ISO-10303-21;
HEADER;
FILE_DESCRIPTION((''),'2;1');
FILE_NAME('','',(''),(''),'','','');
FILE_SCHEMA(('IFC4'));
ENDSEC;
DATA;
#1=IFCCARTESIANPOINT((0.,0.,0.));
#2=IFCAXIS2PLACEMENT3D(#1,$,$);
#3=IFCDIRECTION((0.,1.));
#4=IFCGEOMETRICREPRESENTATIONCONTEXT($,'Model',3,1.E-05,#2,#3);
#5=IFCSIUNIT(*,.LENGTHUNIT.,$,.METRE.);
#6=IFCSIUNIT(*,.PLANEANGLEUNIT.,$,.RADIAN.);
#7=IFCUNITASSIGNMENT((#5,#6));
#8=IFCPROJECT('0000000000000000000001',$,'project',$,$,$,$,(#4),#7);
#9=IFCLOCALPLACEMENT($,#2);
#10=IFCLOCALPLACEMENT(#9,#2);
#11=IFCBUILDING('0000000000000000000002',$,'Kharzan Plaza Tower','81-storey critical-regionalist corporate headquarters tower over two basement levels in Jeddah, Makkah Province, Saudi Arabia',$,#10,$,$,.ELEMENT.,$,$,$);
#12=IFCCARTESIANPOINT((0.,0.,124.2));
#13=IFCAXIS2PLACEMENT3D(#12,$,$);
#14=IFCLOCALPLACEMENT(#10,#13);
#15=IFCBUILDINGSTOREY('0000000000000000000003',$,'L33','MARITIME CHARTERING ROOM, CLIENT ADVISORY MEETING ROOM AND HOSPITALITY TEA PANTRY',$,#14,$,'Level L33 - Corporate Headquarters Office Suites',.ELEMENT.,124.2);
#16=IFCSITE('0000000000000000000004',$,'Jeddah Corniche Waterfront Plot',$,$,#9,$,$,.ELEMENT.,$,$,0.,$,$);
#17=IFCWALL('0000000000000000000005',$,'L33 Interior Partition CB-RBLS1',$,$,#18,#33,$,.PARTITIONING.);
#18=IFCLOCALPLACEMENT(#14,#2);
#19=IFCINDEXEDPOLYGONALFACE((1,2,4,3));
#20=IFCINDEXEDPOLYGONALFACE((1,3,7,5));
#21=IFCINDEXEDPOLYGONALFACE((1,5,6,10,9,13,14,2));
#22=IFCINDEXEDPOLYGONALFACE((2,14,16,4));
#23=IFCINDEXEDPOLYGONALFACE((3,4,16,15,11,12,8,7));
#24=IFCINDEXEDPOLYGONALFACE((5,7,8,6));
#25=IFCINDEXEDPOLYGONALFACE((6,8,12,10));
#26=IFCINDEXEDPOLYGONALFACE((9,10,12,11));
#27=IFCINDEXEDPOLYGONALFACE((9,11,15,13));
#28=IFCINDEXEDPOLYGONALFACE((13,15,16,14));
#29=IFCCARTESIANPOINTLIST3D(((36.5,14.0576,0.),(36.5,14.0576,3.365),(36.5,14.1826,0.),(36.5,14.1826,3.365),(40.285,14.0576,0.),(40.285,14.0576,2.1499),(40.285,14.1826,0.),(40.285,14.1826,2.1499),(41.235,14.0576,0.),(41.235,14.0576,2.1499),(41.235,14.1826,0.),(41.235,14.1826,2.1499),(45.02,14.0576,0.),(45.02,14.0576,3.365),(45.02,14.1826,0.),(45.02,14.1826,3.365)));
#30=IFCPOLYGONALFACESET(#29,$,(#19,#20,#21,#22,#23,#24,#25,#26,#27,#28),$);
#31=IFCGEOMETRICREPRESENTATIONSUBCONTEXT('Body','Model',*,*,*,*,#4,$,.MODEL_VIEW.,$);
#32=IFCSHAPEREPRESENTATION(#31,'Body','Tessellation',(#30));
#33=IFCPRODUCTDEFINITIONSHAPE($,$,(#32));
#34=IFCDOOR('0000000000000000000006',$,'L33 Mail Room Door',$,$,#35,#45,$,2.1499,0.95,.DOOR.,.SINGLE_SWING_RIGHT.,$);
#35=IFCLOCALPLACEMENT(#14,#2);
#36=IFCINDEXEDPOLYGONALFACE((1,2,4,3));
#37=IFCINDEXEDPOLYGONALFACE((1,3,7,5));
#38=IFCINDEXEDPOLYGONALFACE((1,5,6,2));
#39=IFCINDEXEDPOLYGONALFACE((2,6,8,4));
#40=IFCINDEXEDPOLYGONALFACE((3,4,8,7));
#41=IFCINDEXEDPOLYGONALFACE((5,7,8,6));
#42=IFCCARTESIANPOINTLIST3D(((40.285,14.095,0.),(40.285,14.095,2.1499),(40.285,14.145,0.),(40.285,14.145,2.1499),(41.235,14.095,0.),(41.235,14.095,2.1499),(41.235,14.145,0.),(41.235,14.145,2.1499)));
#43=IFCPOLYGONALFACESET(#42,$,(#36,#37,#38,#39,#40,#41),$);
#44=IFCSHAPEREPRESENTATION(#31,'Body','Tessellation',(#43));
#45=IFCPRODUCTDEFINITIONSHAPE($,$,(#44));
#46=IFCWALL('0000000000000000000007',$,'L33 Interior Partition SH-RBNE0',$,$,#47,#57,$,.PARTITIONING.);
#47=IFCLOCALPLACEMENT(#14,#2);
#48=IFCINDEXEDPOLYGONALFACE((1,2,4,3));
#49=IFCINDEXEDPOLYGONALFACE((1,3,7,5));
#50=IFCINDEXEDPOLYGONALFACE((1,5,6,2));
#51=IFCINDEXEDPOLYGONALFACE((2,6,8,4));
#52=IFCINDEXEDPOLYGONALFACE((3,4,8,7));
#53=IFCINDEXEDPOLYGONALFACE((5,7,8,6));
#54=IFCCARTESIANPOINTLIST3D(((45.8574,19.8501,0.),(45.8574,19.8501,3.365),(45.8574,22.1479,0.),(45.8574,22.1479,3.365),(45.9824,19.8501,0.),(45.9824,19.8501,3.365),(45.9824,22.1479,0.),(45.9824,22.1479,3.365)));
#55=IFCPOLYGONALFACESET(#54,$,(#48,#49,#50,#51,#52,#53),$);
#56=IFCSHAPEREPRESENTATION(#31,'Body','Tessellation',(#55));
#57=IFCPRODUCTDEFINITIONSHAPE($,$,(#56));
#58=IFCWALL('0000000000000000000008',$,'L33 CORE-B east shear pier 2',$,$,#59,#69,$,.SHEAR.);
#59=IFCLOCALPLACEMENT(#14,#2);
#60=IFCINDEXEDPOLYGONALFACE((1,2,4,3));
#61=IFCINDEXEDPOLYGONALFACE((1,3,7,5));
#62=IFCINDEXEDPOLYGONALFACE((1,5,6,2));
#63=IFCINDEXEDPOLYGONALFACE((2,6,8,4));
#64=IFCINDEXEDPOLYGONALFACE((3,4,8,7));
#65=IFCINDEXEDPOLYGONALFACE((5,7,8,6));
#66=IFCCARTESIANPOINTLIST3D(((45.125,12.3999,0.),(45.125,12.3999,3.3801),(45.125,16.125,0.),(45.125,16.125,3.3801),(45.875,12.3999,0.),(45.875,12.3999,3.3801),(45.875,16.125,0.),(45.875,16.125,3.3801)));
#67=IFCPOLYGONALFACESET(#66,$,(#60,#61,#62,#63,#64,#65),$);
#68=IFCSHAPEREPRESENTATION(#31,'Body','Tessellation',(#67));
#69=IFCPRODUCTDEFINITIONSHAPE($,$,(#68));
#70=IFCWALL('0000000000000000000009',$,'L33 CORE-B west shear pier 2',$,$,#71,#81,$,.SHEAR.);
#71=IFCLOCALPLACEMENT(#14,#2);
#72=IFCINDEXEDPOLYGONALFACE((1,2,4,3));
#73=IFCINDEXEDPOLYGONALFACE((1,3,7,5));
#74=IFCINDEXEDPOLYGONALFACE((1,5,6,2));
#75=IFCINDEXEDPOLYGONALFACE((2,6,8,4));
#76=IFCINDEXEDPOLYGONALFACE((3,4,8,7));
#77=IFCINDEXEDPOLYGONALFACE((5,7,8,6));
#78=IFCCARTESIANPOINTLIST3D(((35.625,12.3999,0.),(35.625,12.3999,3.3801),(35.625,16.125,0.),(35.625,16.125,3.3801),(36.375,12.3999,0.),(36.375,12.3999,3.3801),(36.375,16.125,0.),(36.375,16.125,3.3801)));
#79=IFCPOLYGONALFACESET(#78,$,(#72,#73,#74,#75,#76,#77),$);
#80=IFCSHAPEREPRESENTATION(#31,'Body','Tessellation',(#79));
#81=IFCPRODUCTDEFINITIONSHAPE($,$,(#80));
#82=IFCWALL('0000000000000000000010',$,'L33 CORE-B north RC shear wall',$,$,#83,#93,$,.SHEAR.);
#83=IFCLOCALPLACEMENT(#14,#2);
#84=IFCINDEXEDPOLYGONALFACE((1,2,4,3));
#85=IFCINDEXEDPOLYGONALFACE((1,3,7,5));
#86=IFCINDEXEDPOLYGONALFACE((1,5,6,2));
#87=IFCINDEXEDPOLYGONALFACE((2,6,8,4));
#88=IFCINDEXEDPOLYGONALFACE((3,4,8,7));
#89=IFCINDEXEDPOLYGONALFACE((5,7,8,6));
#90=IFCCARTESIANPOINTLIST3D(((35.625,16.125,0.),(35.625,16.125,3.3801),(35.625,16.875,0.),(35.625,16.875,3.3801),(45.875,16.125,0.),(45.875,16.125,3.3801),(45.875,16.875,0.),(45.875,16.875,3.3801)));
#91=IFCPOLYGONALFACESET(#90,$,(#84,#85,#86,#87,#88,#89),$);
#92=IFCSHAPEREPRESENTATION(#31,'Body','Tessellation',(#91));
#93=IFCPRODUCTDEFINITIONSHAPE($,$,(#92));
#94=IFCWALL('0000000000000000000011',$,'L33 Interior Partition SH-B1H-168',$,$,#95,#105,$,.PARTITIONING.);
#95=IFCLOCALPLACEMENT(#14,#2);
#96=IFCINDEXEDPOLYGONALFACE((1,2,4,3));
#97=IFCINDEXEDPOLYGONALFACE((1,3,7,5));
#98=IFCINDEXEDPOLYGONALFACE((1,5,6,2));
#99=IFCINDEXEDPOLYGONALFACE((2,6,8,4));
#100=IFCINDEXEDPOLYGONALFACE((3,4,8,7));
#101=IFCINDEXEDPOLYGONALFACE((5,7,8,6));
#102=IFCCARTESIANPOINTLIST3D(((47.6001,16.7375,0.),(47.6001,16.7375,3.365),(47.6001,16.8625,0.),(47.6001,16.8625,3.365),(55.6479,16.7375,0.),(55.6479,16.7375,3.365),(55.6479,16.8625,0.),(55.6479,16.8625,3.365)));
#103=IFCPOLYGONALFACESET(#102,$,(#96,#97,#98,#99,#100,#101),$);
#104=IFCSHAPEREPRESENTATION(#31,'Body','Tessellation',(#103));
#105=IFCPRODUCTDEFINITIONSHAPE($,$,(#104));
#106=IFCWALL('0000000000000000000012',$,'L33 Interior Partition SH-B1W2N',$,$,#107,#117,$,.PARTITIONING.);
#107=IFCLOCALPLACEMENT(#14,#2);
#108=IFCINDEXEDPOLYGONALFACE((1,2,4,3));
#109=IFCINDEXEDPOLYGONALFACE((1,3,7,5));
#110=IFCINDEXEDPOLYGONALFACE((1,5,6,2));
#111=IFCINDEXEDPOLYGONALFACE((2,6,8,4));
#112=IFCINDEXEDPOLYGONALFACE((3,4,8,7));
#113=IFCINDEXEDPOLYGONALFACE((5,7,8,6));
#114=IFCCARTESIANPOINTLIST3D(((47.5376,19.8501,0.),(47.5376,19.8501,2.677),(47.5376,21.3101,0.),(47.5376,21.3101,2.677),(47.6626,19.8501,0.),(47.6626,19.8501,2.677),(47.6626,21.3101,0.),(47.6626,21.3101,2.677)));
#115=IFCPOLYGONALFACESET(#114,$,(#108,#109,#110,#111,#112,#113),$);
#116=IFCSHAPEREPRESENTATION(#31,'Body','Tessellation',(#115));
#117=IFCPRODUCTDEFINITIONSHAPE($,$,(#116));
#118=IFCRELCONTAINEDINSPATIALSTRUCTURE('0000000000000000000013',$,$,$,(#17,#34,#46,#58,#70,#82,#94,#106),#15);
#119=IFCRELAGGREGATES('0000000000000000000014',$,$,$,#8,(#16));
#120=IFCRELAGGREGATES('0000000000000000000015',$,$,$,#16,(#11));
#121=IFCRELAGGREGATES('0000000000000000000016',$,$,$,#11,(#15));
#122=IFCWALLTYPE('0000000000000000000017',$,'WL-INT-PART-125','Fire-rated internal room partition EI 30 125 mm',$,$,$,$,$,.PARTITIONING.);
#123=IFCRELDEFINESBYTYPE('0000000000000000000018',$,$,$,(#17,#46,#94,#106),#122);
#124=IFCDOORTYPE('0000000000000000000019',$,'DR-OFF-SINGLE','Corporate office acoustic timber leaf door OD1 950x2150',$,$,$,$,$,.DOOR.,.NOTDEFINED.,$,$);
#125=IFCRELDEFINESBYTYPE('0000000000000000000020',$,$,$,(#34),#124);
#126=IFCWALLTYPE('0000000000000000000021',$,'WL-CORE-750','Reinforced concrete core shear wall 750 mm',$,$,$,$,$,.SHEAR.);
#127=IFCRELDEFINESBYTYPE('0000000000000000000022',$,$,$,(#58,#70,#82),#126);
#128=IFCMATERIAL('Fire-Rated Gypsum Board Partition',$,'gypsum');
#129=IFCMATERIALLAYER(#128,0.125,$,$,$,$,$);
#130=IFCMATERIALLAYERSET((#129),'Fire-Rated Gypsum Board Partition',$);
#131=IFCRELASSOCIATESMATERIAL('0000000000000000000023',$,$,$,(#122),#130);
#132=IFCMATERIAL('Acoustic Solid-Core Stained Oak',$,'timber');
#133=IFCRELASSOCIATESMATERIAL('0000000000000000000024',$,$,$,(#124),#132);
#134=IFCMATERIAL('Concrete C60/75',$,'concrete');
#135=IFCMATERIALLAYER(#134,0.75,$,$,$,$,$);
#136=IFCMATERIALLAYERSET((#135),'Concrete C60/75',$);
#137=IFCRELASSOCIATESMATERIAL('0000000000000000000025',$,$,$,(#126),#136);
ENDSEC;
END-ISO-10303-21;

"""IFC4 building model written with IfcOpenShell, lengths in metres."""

from ifc_helpers import new_model, si_unit, direction, frame, frame_2d, origin, place, context, subcontext, project, spatial, rectangle, extrude, source, transform, mapped, material, layer, layer_set, type_object, element, fill, save


model = new_model("IFC4")

# Units and contexts
model_context = context("Model", 3, precision=1e-05, world=origin(), true_north=direction((0.0, 1.0)))
body_context = subcontext(model_context, "Body", "Model", "MODEL_VIEW")
ifc_project = project(units=[si_unit("LENGTHUNIT", "METRE"), si_unit("PLANEANGLEUNIT", "RADIAN")], contexts=[model_context])

# Site, building, storey
site_placement = place(None, origin())
site = spatial("IfcSite", under=ifc_project, at=site_placement, Name="Jeddah Corniche Waterfront Plot", CompositionType="ELEMENT", RefElevation=0.0)
building_placement = place(site_placement, origin())
building = spatial("IfcBuilding", under=site, at=building_placement, Name="Kharzan Plaza Tower", Description="81-storey critical-regionalist corporate headquarters tower over two basement levels in Jeddah, Makkah Province, Saudi Arabia", CompositionType="ELEMENT")
storey_placement = place(building_placement, frame((0.0, 0.0, 124.2)))
storey = spatial("IfcBuildingStorey", under=building, at=storey_placement, Name="L33", Description="MARITIME CHARTERING ROOM, CLIENT ADVISORY MEETING ROOM AND HOSPITALITY TEA PANTRY", LongName="Level L33 - Corporate Headquarters Office Suites", CompositionType="ELEMENT", Elevation=124.2)

# Shared definitions
ifc_material_1 = material(Name="Concrete C60/75", Category="concrete")

# Wall, opening, door
ifc_material_2 = material(Name="Fire-Rated Gypsum Board Partition", Category="gypsum")
ifc_layer_1 = layer(ifc_material_2, 0.125)
ifc_layer_set_1 = layer_set([ifc_layer_1], Name="Fire-Rated Gypsum Board Partition")
wall_type_1 = type_object("IfcWallType", Name="WL-INT-PART-125", Description="Fire-rated internal room partition EI 30 125 mm", PredefinedType="PARTITIONING", material=ifc_layer_set_1)
wall_1_placement = place(storey_placement, frame((36.5, 14.1201, 0.0), z_axis=(0.0, 0.0, 1.0), x_axis=(1.0, 0.0, 0.0)))
wall_1 = element("IfcWall", 1, at=wall_1_placement, inside=storey, type_object=wall_type_1, Name="L33 Interior Partition CB-RBLS1", PredefinedType="PARTITIONING", context=body_context, shape_type="SweptSolid", body=[
    extrude(rectangle(XDim=8.52, YDim=0.125, at=frame_2d((4.26, 0.0))), origin(), (0.0, 0.0, 1.0), 3.365),
])
opening_1_placement = place(wall_1_placement, frame((3.7849, 0.0, 0.0)))
opening_1 = element("IfcOpeningElement", 2, at=opening_1_placement, cuts=wall_1, PredefinedType="OPENING", context=body_context, shape_type="SweptSolid", body=[
    extrude(rectangle(XDim=0.95, YDim=2.1499, at=frame_2d((0.4751, 1.075))), frame((0.0, 0.0725, 0.0), z_axis=(0.0, -1.0, 0.0), x_axis=(1.0, 0.0, 0.0)), (0.0, 0.0, 1.0), 0.145),
])
ifc_material_3 = material(Name="Acoustic Solid-Core Stained Oak", Category="timber")
door_type = type_object("IfcDoorType", Name="DR-OFF-SINGLE", Description="Corporate office acoustic timber leaf door OD1 950x2150", OperationType="NOTDEFINED", PredefinedType="DOOR", material=ifc_material_3)
shared_shape_1 = source(origin(), body_context, "Body", "SweptSolid", [
    extrude(rectangle(XDim=0.95, YDim=2.1499, at=frame_2d((0.4751, 1.075))), frame((0.0, 0.0249, 0.0), z_axis=(0.0, -1.0, 0.0), x_axis=(1.0, 0.0, 0.0)), (0.0, 0.0, 1.0), 0.05),
])
door_1_placement = place(opening_1_placement, origin())
door_1 = element("IfcDoor", 3, at=door_1_placement, inside=storey, type_object=door_type, Name="L33 Mail Room Door", OperationType="SINGLE_SWING_RIGHT", OverallHeight=2.1499, OverallWidth=0.95, PredefinedType="DOOR", context=body_context, shape_type="MappedRepresentation", body=[
    mapped(shared_shape_1, transform((0.0, 0.0, 0.0), x_axis=(1.0, 0.0, 0.0), y_axis=(0.0, 1.0, 0.0), z_axis=(0.0, 0.0, 1.0))),
])
fill(opening_1, door_1)

# Walls
shared_shape_2 = source(origin(), body_context, "Body", "SweptSolid", [
    extrude(rectangle(XDim=2.2979, YDim=0.125, at=frame_2d((1.1489, 0.0))), origin(), (0.0, 0.0, 1.0), 3.365),
])
wall_2_placement = place(storey_placement, frame((45.9199, 19.8501, 0.0), z_axis=(0.0, 0.0, 1.0), x_axis=(0.0, 1.0, 0.0)))
element("IfcWall", 4, at=wall_2_placement, inside=storey, type_object=wall_type_1, Name="L33 Interior Partition SH-RBNE0", PredefinedType="PARTITIONING", context=body_context, shape_type="MappedRepresentation", body=[
    mapped(shared_shape_2, transform((0.0, 0.0, 0.0), x_axis=(1.0, 0.0, 0.0), y_axis=(0.0, 1.0, 0.0), z_axis=(0.0, 0.0, 1.0))),
])
ifc_layer_2 = layer(ifc_material_1, 0.75)
ifc_layer_set_2 = layer_set([ifc_layer_2], Name="Concrete C60/75")
wall_type_2 = type_object("IfcWallType", Name="WL-CORE-750", Description="Reinforced concrete core shear wall 750 mm", PredefinedType="SHEAR", material=ifc_layer_set_2)
shared_shape_3 = source(origin(), body_context, "Body", "SweptSolid", [
    extrude(rectangle(XDim=3.7251, YDim=0.75, at=frame_2d((1.8625, 0.0))), origin(), (0.0, 0.0, 1.0), 3.3801),
])
for number, where, z_axis, x_axis, name in (
    (5, (45.5, 12.3999, 0.0), (0.0, 0.0, 1.0), (0.0, 1.0, 0.0), "L33 CORE-B east shear pier 2"),
    (6, (36.0, 12.3999, 0.0), (0.0, 0.0, 1.0), (0.0, 1.0, 0.0), "L33 CORE-B west shear pier 2"),
):
    element("IfcWall", number, at=place(storey_placement, frame(where, z_axis=z_axis, x_axis=x_axis)), inside=storey, type_object=wall_type_2, Name=name, PredefinedType="SHEAR", context=body_context, shape_type="MappedRepresentation", body=[
        mapped(shared_shape_3, transform((0.0, 0.0, 0.0), x_axis=(1.0, 0.0, 0.0), y_axis=(0.0, 1.0, 0.0), z_axis=(0.0, 0.0, 1.0))),
    ])
shared_shape_4 = source(origin(), body_context, "Body", "SweptSolid", [
    extrude(rectangle(XDim=10.25, YDim=0.75, at=frame_2d((5.125, 0.0))), origin(), (0.0, 0.0, 1.0), 3.3801),
])
wall_3_placement = place(storey_placement, frame((35.625, 16.5, 0.0), z_axis=(0.0, 0.0, 1.0), x_axis=(1.0, 0.0, 0.0)))
element("IfcWall", 7, at=wall_3_placement, inside=storey, type_object=wall_type_2, Name="L33 CORE-B north RC shear wall", PredefinedType="SHEAR", context=body_context, shape_type="MappedRepresentation", body=[
    mapped(shared_shape_4, transform((0.0, 0.0, 0.0), x_axis=(1.0, 0.0, 0.0), y_axis=(0.0, 1.0, 0.0), z_axis=(0.0, 0.0, 1.0))),
])
shared_shape_5 = source(origin(), body_context, "Body", "SweptSolid", [
    extrude(rectangle(XDim=8.0479, YDim=0.125, at=frame_2d((4.0239, 0.0))), origin(), (0.0, 0.0, 1.0), 3.365),
])
wall_4_placement = place(storey_placement, frame((47.6001, 16.8, 0.0), z_axis=(0.0, 0.0, 1.0), x_axis=(1.0, 0.0, 0.0)))
element("IfcWall", 8, at=wall_4_placement, inside=storey, type_object=wall_type_1, Name="L33 Interior Partition SH-B1H-168", PredefinedType="PARTITIONING", context=body_context, shape_type="MappedRepresentation", body=[
    mapped(shared_shape_5, transform((0.0, 0.0, 0.0), x_axis=(1.0, 0.0, 0.0), y_axis=(0.0, 1.0, 0.0), z_axis=(0.0, 0.0, 1.0))),
])
shared_shape_6 = source(origin(), body_context, "Body", "SweptSolid", [
    extrude(rectangle(XDim=1.46, YDim=0.125, at=frame_2d((0.73, 0.0))), origin(), (0.0, 0.0, 1.0), 2.677),
])
wall_5_placement = place(storey_placement, frame((47.6001, 19.8501, 0.0), z_axis=(0.0, 0.0, 1.0), x_axis=(0.0, 1.0, 0.0)))
element("IfcWall", 9, at=wall_5_placement, inside=storey, type_object=wall_type_1, Name="L33 Interior Partition SH-B1W2N", PredefinedType="PARTITIONING", context=body_context, shape_type="MappedRepresentation", body=[
    mapped(shared_shape_6, transform((0.0, 0.0, 0.0), x_axis=(1.0, 0.0, 0.0), y_axis=(0.0, 1.0, 0.0), z_axis=(0.0, 0.0, 1.0))),
])

save(model, "model.ifc")
